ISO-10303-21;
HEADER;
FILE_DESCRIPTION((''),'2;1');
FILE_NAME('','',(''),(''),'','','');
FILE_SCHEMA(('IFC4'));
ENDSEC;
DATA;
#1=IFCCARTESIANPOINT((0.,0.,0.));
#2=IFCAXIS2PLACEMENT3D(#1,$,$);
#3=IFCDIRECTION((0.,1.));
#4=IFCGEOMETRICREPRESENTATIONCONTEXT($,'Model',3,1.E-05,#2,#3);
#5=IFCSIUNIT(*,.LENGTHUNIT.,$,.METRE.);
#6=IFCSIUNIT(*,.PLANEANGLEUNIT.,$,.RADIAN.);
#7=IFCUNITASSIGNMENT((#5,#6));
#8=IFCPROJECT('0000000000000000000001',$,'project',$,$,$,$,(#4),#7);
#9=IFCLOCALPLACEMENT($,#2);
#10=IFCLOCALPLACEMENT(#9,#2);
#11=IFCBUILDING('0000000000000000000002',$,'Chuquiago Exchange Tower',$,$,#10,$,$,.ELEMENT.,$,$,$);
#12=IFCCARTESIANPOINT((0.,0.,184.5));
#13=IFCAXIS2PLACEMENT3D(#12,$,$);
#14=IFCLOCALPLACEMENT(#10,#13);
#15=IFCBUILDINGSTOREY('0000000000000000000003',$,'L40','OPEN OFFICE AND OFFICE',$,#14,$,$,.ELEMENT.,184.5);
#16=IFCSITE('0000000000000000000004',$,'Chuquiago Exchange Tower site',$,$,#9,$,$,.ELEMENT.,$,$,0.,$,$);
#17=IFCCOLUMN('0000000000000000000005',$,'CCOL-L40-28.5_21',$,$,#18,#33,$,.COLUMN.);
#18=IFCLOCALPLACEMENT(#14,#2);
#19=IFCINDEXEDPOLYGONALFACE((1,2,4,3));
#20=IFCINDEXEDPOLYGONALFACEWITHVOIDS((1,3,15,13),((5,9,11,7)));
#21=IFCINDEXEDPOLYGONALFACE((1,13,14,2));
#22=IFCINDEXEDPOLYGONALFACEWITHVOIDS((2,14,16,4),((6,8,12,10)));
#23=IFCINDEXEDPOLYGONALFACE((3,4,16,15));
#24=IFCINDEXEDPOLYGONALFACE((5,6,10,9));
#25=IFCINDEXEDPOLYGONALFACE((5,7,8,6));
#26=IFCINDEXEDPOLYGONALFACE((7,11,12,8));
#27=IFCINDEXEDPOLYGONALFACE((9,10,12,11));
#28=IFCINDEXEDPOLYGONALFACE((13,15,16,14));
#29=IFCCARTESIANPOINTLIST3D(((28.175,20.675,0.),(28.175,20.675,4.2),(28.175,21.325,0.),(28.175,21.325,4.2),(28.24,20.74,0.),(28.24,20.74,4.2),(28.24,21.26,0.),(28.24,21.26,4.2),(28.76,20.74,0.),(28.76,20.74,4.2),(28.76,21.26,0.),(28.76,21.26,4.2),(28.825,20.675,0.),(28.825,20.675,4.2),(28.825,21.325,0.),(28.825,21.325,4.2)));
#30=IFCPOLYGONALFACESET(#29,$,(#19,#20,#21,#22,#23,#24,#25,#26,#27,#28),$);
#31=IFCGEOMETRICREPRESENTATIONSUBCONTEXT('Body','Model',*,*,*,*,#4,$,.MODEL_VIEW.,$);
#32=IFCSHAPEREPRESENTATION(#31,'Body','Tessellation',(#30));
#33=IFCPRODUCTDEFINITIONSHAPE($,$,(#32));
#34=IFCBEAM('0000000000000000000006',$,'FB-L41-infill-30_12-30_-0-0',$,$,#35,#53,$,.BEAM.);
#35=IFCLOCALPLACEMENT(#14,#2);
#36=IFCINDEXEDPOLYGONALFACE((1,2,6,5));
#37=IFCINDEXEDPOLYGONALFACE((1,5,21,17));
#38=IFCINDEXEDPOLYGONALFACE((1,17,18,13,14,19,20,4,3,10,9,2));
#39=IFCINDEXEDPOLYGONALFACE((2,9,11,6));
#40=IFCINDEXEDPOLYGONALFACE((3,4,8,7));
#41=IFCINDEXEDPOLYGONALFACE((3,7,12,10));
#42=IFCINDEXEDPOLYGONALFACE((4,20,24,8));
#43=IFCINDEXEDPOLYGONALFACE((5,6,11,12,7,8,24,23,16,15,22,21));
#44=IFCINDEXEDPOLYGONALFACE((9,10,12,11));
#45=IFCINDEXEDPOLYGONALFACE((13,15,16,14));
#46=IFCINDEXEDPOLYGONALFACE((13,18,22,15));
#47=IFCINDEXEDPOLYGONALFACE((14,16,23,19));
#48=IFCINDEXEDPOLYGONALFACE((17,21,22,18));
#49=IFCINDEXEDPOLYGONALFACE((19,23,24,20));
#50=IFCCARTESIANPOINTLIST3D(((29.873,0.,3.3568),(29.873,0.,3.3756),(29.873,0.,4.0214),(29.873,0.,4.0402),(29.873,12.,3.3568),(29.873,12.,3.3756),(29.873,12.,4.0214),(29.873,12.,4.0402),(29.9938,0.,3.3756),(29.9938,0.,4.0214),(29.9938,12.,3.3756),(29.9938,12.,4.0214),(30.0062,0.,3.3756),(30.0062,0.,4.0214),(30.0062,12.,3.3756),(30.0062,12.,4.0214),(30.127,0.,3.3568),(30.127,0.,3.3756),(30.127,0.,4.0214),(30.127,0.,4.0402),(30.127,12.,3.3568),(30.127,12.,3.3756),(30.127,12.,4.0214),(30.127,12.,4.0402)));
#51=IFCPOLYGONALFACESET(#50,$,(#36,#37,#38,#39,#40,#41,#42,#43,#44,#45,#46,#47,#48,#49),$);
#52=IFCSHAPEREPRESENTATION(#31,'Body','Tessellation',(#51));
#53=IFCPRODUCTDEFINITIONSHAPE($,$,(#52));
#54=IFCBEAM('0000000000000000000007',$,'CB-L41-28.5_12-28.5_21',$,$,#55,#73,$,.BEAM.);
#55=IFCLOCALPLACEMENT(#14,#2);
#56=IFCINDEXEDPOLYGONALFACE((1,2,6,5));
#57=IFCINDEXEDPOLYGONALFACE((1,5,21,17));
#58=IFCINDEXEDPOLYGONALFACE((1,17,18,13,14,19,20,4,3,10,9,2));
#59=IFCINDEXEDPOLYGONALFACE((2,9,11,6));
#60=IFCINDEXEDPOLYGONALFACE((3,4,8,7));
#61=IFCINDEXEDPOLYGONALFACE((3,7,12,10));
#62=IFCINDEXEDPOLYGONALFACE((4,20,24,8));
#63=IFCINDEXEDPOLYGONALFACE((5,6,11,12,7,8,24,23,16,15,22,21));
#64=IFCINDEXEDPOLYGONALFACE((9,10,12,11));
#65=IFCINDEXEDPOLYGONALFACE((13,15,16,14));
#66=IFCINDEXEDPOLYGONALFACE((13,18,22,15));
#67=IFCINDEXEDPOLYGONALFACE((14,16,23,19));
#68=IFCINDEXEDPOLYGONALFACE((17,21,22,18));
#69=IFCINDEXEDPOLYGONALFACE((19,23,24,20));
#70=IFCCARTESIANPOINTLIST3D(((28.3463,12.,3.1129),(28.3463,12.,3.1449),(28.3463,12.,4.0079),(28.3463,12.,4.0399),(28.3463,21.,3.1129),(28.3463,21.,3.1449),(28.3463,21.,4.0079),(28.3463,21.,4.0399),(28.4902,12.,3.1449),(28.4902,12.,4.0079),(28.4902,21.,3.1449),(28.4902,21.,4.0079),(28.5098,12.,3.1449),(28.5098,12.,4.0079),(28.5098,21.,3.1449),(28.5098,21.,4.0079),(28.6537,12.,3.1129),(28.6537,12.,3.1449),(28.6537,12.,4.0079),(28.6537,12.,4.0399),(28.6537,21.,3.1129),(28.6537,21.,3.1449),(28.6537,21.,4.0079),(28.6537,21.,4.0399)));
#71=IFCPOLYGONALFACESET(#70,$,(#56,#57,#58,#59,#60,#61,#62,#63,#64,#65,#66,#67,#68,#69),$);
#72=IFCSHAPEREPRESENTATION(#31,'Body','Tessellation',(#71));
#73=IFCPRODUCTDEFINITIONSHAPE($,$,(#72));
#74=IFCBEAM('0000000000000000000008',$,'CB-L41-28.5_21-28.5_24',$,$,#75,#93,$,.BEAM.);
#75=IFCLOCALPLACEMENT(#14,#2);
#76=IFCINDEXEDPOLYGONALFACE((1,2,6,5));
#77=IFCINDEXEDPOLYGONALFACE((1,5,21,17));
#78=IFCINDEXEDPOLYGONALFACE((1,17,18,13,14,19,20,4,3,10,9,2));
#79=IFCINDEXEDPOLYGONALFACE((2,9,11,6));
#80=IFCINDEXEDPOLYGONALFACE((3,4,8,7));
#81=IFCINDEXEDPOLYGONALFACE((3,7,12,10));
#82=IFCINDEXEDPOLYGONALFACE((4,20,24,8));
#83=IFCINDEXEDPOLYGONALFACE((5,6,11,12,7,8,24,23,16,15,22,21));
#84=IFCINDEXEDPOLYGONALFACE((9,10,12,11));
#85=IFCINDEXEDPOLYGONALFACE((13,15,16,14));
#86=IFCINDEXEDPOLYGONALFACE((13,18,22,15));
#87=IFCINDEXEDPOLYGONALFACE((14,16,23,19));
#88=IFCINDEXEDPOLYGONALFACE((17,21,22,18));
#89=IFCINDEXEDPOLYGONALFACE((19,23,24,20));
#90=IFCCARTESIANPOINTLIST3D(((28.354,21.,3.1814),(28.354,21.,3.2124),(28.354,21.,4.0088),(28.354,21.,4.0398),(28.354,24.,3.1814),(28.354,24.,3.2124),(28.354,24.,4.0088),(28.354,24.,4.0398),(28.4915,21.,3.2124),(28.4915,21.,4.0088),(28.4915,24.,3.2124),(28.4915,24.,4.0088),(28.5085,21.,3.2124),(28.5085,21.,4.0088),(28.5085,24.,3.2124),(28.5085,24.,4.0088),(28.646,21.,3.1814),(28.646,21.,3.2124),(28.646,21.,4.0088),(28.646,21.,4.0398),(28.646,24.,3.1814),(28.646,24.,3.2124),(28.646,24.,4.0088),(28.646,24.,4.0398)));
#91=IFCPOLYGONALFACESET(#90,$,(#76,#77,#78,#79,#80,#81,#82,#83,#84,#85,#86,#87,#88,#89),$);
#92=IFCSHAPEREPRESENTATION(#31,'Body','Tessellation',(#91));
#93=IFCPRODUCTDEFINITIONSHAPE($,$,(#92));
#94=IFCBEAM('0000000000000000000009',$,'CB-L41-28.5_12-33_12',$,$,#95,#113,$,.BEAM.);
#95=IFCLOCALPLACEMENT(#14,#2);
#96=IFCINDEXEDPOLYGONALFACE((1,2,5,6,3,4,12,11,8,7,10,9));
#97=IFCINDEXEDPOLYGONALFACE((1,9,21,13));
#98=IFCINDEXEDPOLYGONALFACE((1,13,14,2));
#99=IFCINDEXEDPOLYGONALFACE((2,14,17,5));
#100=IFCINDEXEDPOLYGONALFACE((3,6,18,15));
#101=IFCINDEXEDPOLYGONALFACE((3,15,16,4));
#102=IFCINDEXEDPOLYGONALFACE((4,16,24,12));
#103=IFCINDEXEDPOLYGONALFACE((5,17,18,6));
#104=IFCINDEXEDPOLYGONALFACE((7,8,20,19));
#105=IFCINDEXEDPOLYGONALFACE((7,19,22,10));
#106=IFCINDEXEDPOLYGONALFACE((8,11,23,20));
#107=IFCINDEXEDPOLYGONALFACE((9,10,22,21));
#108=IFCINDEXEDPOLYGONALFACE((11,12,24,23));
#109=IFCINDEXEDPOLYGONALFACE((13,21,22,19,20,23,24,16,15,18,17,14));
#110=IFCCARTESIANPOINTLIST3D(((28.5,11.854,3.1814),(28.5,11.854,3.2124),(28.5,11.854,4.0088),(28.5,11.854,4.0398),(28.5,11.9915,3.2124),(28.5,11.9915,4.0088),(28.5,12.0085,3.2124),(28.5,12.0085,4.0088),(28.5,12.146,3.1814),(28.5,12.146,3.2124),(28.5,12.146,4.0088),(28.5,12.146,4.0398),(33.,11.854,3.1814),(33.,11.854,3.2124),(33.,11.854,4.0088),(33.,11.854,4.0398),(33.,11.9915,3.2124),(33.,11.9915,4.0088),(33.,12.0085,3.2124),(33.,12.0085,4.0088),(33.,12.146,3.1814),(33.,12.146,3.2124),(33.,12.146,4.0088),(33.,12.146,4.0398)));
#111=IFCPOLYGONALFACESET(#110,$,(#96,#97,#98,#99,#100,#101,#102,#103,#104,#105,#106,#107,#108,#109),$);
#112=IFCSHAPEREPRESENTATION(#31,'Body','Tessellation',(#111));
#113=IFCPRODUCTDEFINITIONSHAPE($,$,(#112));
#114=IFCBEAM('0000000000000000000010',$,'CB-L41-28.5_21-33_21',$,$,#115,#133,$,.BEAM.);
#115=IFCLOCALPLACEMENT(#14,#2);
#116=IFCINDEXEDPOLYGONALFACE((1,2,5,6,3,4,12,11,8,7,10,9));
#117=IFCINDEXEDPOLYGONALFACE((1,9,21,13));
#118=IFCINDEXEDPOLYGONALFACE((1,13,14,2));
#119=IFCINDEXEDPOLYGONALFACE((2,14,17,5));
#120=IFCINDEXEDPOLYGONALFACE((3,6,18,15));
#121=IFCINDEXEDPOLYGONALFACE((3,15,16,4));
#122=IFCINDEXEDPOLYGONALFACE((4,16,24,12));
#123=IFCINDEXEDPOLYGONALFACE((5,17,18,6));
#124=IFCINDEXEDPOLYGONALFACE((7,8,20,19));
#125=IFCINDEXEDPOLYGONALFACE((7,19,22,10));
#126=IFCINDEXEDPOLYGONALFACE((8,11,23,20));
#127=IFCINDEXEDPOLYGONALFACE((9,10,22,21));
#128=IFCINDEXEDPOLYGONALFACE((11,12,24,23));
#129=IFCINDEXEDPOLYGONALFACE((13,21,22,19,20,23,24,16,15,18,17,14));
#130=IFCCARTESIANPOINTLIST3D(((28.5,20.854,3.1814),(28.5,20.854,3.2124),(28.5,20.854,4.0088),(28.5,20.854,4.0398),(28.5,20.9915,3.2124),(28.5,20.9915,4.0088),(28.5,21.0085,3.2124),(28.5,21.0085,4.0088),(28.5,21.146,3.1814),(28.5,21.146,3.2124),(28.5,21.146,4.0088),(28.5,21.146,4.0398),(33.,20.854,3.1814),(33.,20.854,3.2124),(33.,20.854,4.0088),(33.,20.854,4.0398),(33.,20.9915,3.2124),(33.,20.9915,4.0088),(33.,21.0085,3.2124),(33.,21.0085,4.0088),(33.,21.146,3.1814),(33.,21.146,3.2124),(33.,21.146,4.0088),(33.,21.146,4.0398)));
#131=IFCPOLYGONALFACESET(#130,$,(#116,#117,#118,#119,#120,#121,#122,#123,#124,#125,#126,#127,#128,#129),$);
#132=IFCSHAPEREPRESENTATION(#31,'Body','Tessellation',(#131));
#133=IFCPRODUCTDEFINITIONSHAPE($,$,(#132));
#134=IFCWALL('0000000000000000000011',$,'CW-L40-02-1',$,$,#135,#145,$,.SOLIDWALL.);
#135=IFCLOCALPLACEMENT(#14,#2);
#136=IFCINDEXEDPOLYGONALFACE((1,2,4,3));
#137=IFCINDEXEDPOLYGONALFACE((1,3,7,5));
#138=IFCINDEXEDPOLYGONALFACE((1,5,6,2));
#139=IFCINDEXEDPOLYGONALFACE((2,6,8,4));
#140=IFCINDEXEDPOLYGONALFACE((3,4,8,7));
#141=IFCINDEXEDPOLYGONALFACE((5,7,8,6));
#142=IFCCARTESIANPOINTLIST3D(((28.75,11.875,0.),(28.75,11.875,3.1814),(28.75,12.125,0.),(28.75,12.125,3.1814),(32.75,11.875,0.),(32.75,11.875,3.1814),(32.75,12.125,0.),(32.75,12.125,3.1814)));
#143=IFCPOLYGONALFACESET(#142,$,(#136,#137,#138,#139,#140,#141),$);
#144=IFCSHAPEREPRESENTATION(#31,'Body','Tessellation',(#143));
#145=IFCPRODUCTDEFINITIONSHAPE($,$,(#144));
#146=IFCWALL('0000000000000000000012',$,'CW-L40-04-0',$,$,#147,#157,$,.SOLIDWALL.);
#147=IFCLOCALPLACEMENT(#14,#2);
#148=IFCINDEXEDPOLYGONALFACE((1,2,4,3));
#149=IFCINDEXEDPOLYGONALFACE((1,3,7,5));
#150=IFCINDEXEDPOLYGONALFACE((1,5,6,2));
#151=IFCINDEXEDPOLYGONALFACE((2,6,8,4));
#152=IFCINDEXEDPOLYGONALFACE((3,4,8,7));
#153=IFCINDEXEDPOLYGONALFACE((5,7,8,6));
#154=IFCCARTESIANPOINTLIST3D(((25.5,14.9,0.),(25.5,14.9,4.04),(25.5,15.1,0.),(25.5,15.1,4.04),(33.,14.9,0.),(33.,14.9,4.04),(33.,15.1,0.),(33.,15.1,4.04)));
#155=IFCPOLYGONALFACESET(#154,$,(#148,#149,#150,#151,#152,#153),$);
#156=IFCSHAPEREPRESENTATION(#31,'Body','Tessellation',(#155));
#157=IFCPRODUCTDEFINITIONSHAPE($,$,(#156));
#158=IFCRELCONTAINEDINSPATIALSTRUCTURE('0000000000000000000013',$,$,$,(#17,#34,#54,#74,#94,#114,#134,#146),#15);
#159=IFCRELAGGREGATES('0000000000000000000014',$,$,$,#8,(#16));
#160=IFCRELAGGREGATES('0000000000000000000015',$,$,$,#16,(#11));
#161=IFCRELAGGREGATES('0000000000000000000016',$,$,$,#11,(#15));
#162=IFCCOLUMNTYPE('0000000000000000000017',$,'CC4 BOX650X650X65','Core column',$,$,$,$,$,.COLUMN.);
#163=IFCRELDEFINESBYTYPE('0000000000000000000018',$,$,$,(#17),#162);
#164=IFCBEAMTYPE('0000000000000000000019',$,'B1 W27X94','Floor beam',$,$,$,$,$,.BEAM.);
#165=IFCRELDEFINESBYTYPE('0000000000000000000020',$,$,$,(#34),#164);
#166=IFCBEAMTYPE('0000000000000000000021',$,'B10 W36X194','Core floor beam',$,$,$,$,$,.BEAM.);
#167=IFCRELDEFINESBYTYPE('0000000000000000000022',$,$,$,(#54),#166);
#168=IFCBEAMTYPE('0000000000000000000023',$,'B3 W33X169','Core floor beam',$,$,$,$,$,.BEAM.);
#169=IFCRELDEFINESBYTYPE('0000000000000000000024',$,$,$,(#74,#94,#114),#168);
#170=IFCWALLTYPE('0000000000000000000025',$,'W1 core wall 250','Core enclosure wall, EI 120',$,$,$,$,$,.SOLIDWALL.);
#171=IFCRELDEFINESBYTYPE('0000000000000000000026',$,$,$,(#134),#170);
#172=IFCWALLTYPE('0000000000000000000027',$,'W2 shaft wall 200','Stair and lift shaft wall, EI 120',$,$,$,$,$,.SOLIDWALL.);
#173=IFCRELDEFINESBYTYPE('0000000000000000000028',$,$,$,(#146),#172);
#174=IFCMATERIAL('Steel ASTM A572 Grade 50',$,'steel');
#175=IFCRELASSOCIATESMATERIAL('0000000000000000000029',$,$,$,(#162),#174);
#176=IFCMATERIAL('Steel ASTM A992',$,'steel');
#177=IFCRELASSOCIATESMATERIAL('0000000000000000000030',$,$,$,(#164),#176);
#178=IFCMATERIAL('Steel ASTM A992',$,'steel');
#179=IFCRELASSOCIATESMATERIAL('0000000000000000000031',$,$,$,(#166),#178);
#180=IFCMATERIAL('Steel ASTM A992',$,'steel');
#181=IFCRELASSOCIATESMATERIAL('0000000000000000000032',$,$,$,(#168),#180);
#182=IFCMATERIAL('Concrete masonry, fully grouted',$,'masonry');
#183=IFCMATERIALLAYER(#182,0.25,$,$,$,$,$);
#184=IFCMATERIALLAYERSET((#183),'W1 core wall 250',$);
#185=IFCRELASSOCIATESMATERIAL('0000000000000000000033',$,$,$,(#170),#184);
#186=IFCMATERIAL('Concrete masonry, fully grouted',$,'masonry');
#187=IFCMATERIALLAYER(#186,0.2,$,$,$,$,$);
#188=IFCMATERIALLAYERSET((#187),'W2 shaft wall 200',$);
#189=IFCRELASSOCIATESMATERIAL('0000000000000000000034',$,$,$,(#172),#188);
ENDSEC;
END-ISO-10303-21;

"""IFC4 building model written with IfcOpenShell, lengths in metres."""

from ifc_helpers import new_model, si_unit, direction, frame, frame_2d, origin, origin_2d, place, context, subcontext, project, spatial, rectangle, hollow_rectangle, i_section, extrude, material, layer, layer_set, material_profile, profile_set, type_object, element, save


model = new_model("IFC4")

# Units and contexts
model_context = context("Model", 3, precision=1e-05, world=origin(), true_north=direction((0.0, 1.0)))
body_context = subcontext(model_context, "Body", "Model", "MODEL_VIEW")
ifc_project = project(units=[si_unit("LENGTHUNIT", "METRE"), si_unit("PLANEANGLEUNIT", "RADIAN")], contexts=[model_context])

# Site, building, storey
site_placement = place(None, origin())
site = spatial("IfcSite", under=ifc_project, at=site_placement, Name="Chuquiago Exchange Tower site", CompositionType="ELEMENT", RefElevation=0.0)
building_placement = place(site_placement, origin())
building = spatial("IfcBuilding", under=site, at=building_placement, Name="Chuquiago Exchange Tower", CompositionType="ELEMENT")
storey_placement = place(building_placement, frame((0.0, 0.0, 184.5)))
storey = spatial("IfcBuildingStorey", under=building, at=storey_placement, Name="L40", Description="OPEN OFFICE AND OFFICE", CompositionType="ELEMENT", Elevation=184.5)

# Column
ifc_material_1 = material(Name="Steel ASTM A572 Grade 50", Category="steel")
ifc_material_profile_1 = material_profile(ifc_material_1, hollow_rectangle(XDim=0.6499, YDim=0.6499, WallThickness=0.0649, at=origin_2d()), Name="BOX650X650X65")
ifc_profile_set_1 = profile_set([ifc_material_profile_1], Name="Steel ASTM A572 Grade 50")
column_type = type_object("IfcColumnType", Name="CC4 BOX650X650X65", Description="Core column", PredefinedType="COLUMN", material=ifc_profile_set_1)
column_placement = place(storey_placement, frame((28.5, 21.0, 0.0), z_axis=(0.0, 0.0, 1.0), x_axis=(1.0, 0.0, 0.0)))
element("IfcColumn", 1, at=column_placement, inside=storey, type_object=column_type, Name="CCOL-L40-28.5_21", PredefinedType="COLUMN", context=body_context, shape_type="SweptSolid", body=[
    extrude(hollow_rectangle(XDim=0.6499, YDim=0.6499, WallThickness=0.0649, at=origin_2d()), origin(), (0.0, 0.0, 1.0), 4.2),
])

# Beams
ifc_material_2 = material(Name="Steel ASTM A992", Category="steel")
ifc_material_profile_2 = material_profile(ifc_material_2, i_section(OverallWidth=0.2539, OverallDepth=0.6833, WebThickness=0.0125, FlangeThickness=0.0188, at=origin_2d()), Name="W27X94")
ifc_profile_set_2 = profile_set([ifc_material_profile_2], Name="Steel ASTM A992")
beam_type_1 = type_object("IfcBeamType", Name="B1 W27X94", Description="Floor beam", PredefinedType="BEAM", material=ifc_profile_set_2)
beam_1_placement = place(storey_placement, frame((30.0, 12.0, 3.6985), z_axis=(0.0, -1.0, 0.0), x_axis=(1.0, 0.0, 0.0)))
element("IfcBeam", 2, at=beam_1_placement, inside=storey, type_object=beam_type_1, Name="FB-L41-infill-30_12-30_-0-0", PredefinedType="BEAM", context=body_context, shape_type="SweptSolid", body=[
    extrude(i_section(OverallWidth=0.2539, OverallDepth=0.6833, WebThickness=0.0125, FlangeThickness=0.0188, at=origin_2d()), origin(), (0.0, 0.0, 1.0), 12.0),
])
ifc_material_3 = material(Name="Steel ASTM A992", Category="steel")
ifc_material_profile_3 = material_profile(ifc_material_3, i_section(OverallWidth=0.3074, OverallDepth=0.927, WebThickness=0.0195, FlangeThickness=0.032, at=origin_2d()), Name="W36X194")
ifc_profile_set_3 = profile_set([ifc_material_profile_3], Name="Steel ASTM A992")
beam_type_2 = type_object("IfcBeamType", Name="B10 W36X194", Description="Core floor beam", PredefinedType="BEAM", material=ifc_profile_set_3)
beam_2_placement = place(storey_placement, frame((28.5, 12.0, 3.5764), z_axis=(0.0, 1.0, 0.0), x_axis=(-1.0, 0.0, 0.0)))
element("IfcBeam", 3, at=beam_2_placement, inside=storey, type_object=beam_type_2, Name="CB-L41-28.5_12-28.5_21", PredefinedType="BEAM", context=body_context, shape_type="SweptSolid", body=[
    extrude(i_section(OverallWidth=0.3074, OverallDepth=0.927, WebThickness=0.0195, FlangeThickness=0.032, at=origin_2d()), origin(), (0.0, 0.0, 1.0), 9.0),
])
ifc_material_4 = material(Name="Steel ASTM A992", Category="steel")
ifc_material_profile_4 = material_profile(ifc_material_4, i_section(OverallWidth=0.292, OverallDepth=0.8584, WebThickness=0.0171, FlangeThickness=0.031, at=origin_2d()), Name="W33X169")
ifc_profile_set_4 = profile_set([ifc_material_profile_4], Name="Steel ASTM A992")
beam_type_3 = type_object("IfcBeamType", Name="B3 W33X169", Description="Core floor beam", PredefinedType="BEAM", material=ifc_profile_set_4)
beam_3_placement = place(storey_placement, frame((28.5, 21.0, 3.6106), z_axis=(0.0, 1.0, 0.0), x_axis=(-1.0, 0.0, 0.0)))
element("IfcBeam", 4, at=beam_3_placement, inside=storey, type_object=beam_type_3, Name="CB-L41-28.5_21-28.5_24", PredefinedType="BEAM", context=body_context, shape_type="SweptSolid", body=[
    extrude(i_section(OverallWidth=0.292, OverallDepth=0.8584, WebThickness=0.0171, FlangeThickness=0.031, at=origin_2d()), origin(), (0.0, 0.0, 1.0), 3.0),
])
for number, where, z_axis, x_axis, name in (
    (5, (28.5, 12.0, 3.6106), (1.0, 0.0, 0.0), (0.0, 1.0, 0.0), "CB-L41-28.5_12-33_12"),
    (6, (28.5, 21.0, 3.6106), (1.0, 0.0, 0.0), (0.0, 1.0, 0.0), "CB-L41-28.5_21-33_21"),
):
    element("IfcBeam", number, at=place(storey_placement, frame(where, z_axis=z_axis, x_axis=x_axis)), inside=storey, type_object=beam_type_3, Name=name, PredefinedType="BEAM", context=body_context, shape_type="SweptSolid", body=[
        extrude(i_section(OverallWidth=0.292, OverallDepth=0.8584, WebThickness=0.0171, FlangeThickness=0.031, at=origin_2d()), origin(), (0.0, 0.0, 1.0), 4.5),
    ])

# Walls
ifc_material_5 = material(Name="Concrete masonry, fully grouted", Category="masonry")
ifc_layer_1 = layer(ifc_material_5, 0.25)
ifc_layer_set_1 = layer_set([ifc_layer_1], Name="W1 core wall 250")
wall_type_1 = type_object("IfcWallType", Name="W1 core wall 250", Description="Core enclosure wall, EI 120", PredefinedType="SOLIDWALL", material=ifc_layer_set_1)
wall_1_placement = place(storey_placement, frame((28.75, 12.0, 0.0), z_axis=(0.0, 0.0, 1.0), x_axis=(1.0, 0.0, 0.0)))
element("IfcWall", 7, at=wall_1_placement, inside=storey, type_object=wall_type_1, Name="CW-L40-02-1", PredefinedType="SOLIDWALL", context=body_context, shape_type="SweptSolid", body=[
    extrude(rectangle(XDim=4.0, YDim=0.25, at=frame_2d((2.0, 0.0))), origin(), (0.0, 0.0, 1.0), 3.1814),
])
ifc_material_6 = material(Name="Concrete masonry, fully grouted", Category="masonry")
ifc_layer_2 = layer(ifc_material_6, 0.2)
ifc_layer_set_2 = layer_set([ifc_layer_2], Name="W2 shaft wall 200")
wall_type_2 = type_object("IfcWallType", Name="W2 shaft wall 200", Description="Stair and lift shaft wall, EI 120", PredefinedType="SOLIDWALL", material=ifc_layer_set_2)
wall_2_placement = place(storey_placement, frame((25.5, 15.0, 0.0), z_axis=(0.0, 0.0, 1.0), x_axis=(1.0, 0.0, 0.0)))
element("IfcWall", 8, at=wall_2_placement, inside=storey, type_object=wall_type_2, Name="CW-L40-04-0", PredefinedType="SOLIDWALL", context=body_context, shape_type="SweptSolid", body=[
    extrude(rectangle(XDim=7.5, YDim=0.2, at=frame_2d((3.75, 0.0))), origin(), (0.0, 0.0, 1.0), 4.04),
])

save(model, "model.ifc")
